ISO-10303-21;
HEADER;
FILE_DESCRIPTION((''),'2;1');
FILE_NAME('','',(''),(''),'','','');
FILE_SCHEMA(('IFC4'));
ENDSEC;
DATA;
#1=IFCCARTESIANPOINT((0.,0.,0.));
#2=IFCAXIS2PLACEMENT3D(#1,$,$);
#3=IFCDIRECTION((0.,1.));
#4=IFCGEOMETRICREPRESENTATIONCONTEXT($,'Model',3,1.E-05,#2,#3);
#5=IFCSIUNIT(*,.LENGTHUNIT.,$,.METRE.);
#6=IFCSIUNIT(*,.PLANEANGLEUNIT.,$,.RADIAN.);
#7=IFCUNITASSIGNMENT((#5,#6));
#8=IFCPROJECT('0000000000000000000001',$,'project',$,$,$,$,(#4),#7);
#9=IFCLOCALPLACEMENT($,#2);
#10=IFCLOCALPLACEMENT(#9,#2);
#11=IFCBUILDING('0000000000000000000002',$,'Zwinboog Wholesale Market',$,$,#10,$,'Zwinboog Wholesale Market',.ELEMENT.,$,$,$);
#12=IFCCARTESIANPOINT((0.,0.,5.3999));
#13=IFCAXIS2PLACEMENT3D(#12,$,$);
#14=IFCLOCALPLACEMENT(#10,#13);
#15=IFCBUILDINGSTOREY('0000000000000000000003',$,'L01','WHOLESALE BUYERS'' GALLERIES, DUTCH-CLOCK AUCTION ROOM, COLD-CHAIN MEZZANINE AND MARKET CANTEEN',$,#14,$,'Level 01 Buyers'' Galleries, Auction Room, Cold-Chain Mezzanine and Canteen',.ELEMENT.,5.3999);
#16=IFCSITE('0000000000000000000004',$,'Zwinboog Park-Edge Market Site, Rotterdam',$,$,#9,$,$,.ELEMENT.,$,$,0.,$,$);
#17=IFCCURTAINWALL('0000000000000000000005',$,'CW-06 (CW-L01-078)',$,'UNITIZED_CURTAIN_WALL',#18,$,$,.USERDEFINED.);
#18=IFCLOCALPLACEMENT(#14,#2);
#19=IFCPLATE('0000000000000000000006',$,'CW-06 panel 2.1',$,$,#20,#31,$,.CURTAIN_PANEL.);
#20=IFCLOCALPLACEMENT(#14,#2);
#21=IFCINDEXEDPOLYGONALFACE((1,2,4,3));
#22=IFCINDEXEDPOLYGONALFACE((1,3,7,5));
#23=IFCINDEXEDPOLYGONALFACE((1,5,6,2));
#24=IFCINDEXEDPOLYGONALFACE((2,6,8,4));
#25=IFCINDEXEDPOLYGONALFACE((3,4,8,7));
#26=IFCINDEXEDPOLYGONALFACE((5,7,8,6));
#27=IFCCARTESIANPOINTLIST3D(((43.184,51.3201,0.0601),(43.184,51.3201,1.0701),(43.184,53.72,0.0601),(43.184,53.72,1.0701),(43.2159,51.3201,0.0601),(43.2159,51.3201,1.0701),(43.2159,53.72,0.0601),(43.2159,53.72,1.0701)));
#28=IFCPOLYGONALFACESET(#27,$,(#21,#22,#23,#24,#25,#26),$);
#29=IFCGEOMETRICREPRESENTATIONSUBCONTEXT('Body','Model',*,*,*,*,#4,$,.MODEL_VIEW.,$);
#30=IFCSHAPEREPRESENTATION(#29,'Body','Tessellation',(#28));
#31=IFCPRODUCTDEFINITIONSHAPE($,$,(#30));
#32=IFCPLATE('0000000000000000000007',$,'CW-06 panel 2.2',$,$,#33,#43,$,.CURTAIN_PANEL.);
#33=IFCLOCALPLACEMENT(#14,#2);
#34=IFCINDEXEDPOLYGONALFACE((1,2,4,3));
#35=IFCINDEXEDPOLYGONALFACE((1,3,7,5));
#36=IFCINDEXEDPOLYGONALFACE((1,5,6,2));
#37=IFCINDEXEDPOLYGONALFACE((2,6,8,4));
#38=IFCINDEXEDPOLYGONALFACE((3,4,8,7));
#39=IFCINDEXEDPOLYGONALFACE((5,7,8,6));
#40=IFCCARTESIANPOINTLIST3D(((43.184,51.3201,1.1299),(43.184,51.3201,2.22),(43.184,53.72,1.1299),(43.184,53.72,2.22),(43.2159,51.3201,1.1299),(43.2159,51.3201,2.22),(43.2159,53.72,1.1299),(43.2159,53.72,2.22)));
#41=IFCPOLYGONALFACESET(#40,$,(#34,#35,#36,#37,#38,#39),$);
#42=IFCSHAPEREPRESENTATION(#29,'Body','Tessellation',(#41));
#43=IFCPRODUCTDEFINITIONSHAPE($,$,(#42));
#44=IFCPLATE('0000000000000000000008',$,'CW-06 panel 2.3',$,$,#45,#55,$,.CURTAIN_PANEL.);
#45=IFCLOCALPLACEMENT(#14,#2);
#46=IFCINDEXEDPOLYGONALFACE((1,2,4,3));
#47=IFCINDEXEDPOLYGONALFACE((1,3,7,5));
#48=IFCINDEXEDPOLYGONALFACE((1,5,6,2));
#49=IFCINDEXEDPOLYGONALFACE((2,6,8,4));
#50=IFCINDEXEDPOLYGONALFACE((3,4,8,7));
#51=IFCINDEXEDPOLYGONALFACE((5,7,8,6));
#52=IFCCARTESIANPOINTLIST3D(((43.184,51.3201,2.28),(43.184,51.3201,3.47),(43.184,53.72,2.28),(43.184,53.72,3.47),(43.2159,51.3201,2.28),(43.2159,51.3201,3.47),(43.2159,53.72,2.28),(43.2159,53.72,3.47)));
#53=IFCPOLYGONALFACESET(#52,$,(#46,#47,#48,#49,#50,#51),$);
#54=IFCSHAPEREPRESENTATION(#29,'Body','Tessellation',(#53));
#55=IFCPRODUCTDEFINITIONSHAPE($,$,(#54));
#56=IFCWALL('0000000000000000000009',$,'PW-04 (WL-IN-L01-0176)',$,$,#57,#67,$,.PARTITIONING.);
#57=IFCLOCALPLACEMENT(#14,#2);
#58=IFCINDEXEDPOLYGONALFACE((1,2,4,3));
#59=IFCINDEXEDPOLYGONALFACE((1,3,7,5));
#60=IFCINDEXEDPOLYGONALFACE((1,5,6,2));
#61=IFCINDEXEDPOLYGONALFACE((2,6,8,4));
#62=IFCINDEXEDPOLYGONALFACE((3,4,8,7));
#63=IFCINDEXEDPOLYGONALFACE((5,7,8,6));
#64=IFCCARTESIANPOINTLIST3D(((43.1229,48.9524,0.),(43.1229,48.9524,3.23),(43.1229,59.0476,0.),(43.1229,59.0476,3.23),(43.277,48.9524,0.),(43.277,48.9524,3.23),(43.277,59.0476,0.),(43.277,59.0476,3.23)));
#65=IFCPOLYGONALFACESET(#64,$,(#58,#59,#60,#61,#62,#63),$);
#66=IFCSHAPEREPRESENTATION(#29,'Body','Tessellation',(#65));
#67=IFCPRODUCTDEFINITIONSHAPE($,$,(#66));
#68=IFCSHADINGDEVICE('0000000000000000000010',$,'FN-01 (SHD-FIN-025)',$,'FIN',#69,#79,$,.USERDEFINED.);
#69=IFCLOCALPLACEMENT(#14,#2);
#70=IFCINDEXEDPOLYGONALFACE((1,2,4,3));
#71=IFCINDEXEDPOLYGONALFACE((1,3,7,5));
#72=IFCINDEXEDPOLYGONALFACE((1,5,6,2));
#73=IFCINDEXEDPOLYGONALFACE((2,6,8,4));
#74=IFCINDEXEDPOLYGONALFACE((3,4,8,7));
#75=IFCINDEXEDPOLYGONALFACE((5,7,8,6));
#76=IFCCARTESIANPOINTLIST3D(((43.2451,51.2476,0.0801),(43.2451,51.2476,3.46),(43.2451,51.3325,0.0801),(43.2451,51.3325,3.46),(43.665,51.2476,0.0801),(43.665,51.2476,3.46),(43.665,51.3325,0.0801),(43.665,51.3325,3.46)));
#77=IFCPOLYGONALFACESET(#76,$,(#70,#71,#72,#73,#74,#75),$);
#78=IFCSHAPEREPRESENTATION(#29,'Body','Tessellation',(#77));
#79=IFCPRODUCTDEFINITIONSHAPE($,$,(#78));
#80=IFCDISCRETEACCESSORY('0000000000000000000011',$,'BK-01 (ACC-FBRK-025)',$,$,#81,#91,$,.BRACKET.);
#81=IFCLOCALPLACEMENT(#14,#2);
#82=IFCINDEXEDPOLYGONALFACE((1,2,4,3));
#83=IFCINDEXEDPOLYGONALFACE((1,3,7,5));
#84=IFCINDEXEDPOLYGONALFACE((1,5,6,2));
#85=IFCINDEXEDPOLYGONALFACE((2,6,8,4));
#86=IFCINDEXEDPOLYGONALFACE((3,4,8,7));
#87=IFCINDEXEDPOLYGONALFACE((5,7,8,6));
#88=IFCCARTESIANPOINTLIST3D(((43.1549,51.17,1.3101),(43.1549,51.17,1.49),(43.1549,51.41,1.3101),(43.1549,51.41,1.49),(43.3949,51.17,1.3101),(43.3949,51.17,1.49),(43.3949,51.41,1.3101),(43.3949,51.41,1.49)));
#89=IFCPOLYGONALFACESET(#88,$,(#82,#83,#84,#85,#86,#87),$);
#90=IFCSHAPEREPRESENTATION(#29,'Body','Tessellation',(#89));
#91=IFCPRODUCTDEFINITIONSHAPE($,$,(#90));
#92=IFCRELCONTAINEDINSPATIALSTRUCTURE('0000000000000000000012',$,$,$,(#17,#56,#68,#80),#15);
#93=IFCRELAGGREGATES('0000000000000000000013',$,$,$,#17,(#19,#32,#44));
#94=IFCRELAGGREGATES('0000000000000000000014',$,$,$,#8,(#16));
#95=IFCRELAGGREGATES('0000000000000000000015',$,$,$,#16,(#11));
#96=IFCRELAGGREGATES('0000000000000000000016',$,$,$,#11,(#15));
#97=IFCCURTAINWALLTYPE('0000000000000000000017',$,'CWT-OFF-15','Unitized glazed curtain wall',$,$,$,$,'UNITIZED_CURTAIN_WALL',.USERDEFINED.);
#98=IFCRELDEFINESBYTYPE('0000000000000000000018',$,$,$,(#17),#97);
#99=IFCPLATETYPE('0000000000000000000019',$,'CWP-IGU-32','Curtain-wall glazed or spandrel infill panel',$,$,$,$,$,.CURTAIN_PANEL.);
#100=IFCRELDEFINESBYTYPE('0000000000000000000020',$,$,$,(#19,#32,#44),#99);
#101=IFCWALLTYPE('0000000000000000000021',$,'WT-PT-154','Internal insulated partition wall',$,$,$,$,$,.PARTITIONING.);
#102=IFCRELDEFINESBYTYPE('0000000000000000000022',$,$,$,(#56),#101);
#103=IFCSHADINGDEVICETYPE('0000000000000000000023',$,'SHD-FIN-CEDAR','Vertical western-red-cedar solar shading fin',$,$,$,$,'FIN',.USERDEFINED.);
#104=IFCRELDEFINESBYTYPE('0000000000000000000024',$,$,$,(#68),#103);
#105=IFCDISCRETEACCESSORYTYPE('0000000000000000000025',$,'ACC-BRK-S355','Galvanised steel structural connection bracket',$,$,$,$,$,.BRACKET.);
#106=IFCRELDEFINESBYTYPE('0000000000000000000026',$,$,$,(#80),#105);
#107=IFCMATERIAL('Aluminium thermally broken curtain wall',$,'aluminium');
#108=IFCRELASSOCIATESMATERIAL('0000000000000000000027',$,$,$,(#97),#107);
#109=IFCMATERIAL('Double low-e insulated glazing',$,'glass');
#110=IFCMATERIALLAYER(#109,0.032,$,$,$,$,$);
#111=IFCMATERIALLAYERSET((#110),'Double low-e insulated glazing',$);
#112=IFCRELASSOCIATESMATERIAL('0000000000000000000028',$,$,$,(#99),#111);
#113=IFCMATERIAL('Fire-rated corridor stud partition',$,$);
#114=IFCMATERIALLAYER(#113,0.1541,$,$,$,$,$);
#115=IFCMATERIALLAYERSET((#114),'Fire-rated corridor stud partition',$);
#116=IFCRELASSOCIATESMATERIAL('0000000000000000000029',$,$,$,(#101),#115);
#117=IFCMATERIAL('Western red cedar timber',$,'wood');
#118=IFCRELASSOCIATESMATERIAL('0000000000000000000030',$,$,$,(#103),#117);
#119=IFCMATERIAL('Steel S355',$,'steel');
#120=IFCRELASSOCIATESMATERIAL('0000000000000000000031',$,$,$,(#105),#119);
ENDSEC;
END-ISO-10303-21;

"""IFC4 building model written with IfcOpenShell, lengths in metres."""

from ifc_helpers import new_model, si_unit, direction, frame, frame_2d, origin, origin_2d, place, context, subcontext, project, spatial, rectangle, extrude, material, layer, layer_set, type_object, element, aggregate, save


model = new_model("IFC4")

# Units and contexts
model_context = context("Model", 3, precision=1e-05, world=origin(), true_north=direction((0.0, 1.0)))
body_context = subcontext(model_context, "Body", "Model", "MODEL_VIEW")
ifc_project = project(units=[si_unit("LENGTHUNIT", "METRE"), si_unit("PLANEANGLEUNIT", "RADIAN")], contexts=[model_context])

# Site, building, storey
site_placement = place(None, origin())
site = spatial("IfcSite", under=ifc_project, at=site_placement, Name="Zwinboog Park-Edge Market Site, Rotterdam", CompositionType="ELEMENT", RefElevation=0.0)
building_placement = place(site_placement, origin())
building = spatial("IfcBuilding", under=site, at=building_placement, Name="Zwinboog Wholesale Market", LongName="Zwinboog Wholesale Market", CompositionType="ELEMENT")
storey_placement = place(building_placement, frame((0.0, 0.0, 5.3999)))
storey = spatial("IfcBuildingStorey", under=building, at=storey_placement, Name="L01", Description="WHOLESALE BUYERS' GALLERIES, DUTCH-CLOCK AUCTION ROOM, COLD-CHAIN MEZZANINE AND MARKET CANTEEN", LongName="Level 01 Buyers' Galleries, Auction Room, Cold-Chain Mezzanine and Canteen", CompositionType="ELEMENT", Elevation=5.3999)

# Curtain wall
ifc_material_1 = material(Name="Aluminium thermally broken curtain wall", Category="aluminium")
curtain_wall_type_1 = type_object("IfcCurtainWallType", Name="CWT-OFF-15", Description="Unitized glazed curtain wall", ElementType="UNITIZED_CURTAIN_WALL", PredefinedType="USERDEFINED", material=ifc_material_1)
curtain_wall_1_placement = place(storey_placement, origin())
curtain_wall_1 = element("IfcCurtainWall", 1, at=curtain_wall_1_placement, inside=storey, type_object=curtain_wall_type_1, Name="CW-06 (CW-L01-078)", ObjectType="UNITIZED_CURTAIN_WALL", PredefinedType="USERDEFINED")

# Plates
ifc_material_2 = material(Name="Double low-e insulated glazing", Category="glass")
ifc_layer_1 = layer(ifc_material_2, 0.032)
ifc_layer_set_1 = layer_set([ifc_layer_1], Name="Double low-e insulated glazing")
plate_type = type_object("IfcPlateType", Name="CWP-IGU-32", Description="Curtain-wall glazed or spandrel infill panel", PredefinedType="CURTAIN_PANEL", material=ifc_layer_set_1)
plate_1_placement = place(storey_placement, frame((43.2, 52.52, 0.0601), z_axis=(0.0, 0.0, 1.0), x_axis=(0.0, 1.0, 0.0)))
plate_1 = element("IfcPlate", 2, at=plate_1_placement, type_object=plate_type, Name="CW-06 panel 2.1", PredefinedType="CURTAIN_PANEL", context=body_context, shape_type="SweptSolid", body=[
    extrude(rectangle(XDim=2.3999, YDim=0.032, at=origin_2d()), origin(), (0.0, 0.0, 1.0), 1.01),
])
plate_2_placement = place(storey_placement, frame((43.2, 52.52, 1.1299), z_axis=(0.0, 0.0, 1.0), x_axis=(0.0, 1.0, 0.0)))
plate_2 = element("IfcPlate", 3, at=plate_2_placement, type_object=plate_type, Name="CW-06 panel 2.2", PredefinedType="CURTAIN_PANEL", context=body_context, shape_type="SweptSolid", body=[
    extrude(rectangle(XDim=2.3999, YDim=0.032, at=origin_2d()), origin(), (0.0, 0.0, 1.0), 1.0901),
])
plate_3_placement = place(storey_placement, frame((43.2, 52.52, 2.28), z_axis=(0.0, 0.0, 1.0), x_axis=(0.0, 1.0, 0.0)))
plate_3 = element("IfcPlate", 4, at=plate_3_placement, type_object=plate_type, Name="CW-06 panel 2.3", PredefinedType="CURTAIN_PANEL", context=body_context, shape_type="SweptSolid", body=[
    extrude(rectangle(XDim=2.3999, YDim=0.032, at=origin_2d()), origin(), (0.0, 0.0, 1.0), 1.1899),
])
aggregate(curtain_wall_1, [plate_1, plate_2, plate_3])

# Wall
ifc_material_3 = material(Name="Fire-rated corridor stud partition")
ifc_layer_2 = layer(ifc_material_3, 0.1541)
ifc_layer_set_2 = layer_set([ifc_layer_2], Name="Fire-rated corridor stud partition")
wall_type = type_object("IfcWallType", Name="WT-PT-154", Description="Internal insulated partition wall", PredefinedType="PARTITIONING", material=ifc_layer_set_2)
wall_placement = place(storey_placement, frame((43.2, 48.9524, 0.0), z_axis=(0.0, 0.0, 1.0), x_axis=(0.0, 1.0, 0.0)))
element("IfcWall", 5, at=wall_placement, inside=storey, type_object=wall_type, Name="PW-04 (WL-IN-L01-0176)", PredefinedType="PARTITIONING", context=body_context, shape_type="SweptSolid", body=[
    extrude(rectangle(XDim=10.0952, YDim=0.1541, at=frame_2d((5.0476, 0.0))), origin(), (0.0, 0.0, 1.0), 3.23),
])

# Shading device
ifc_material_4 = material(Name="Western red cedar timber", Category="wood")
shading_device_type = type_object("IfcShadingDeviceType", Name="SHD-FIN-CEDAR", Description="Vertical western-red-cedar solar shading fin", ElementType="FIN", PredefinedType="USERDEFINED", material=ifc_material_4)
shading_device_placement = place(storey_placement, frame((43.4551, 51.29, 0.0801), z_axis=(0.0, 0.0, 1.0), x_axis=(1.0, 0.0, 0.0)))
element("IfcShadingDevice", 6, at=shading_device_placement, inside=storey, type_object=shading_device_type, Name="FN-01 (SHD-FIN-025)", ObjectType="FIN", PredefinedType="USERDEFINED", context=body_context, shape_type="SweptSolid", body=[
    extrude(rectangle(XDim=0.4199, YDim=0.085, at=origin_2d()), origin(), (0.0, 0.0, 1.0), 3.3799),
])

# Discrete accessory
ifc_material_5 = material(Name="Steel S355", Category="steel")
discrete_accessory_type = type_object("IfcDiscreteAccessoryType", Name="ACC-BRK-S355", Description="Galvanised steel structural connection bracket", PredefinedType="BRACKET", material=ifc_material_5)
discrete_accessory_placement = place(storey_placement, frame((43.2749, 51.29, 1.3101), z_axis=(0.0, 0.0, 1.0), x_axis=(1.0, 0.0, 0.0)))
element("IfcDiscreteAccessory", 7, at=discrete_accessory_placement, inside=storey, type_object=discrete_accessory_type, Name="BK-01 (ACC-FBRK-025)", PredefinedType="BRACKET", context=body_context, shape_type="SweptSolid", body=[
    extrude(rectangle(XDim=0.24, YDim=0.24, at=origin_2d()), origin(), (0.0, 0.0, 1.0), 0.1799),
])

save(model, "model.ifc")
